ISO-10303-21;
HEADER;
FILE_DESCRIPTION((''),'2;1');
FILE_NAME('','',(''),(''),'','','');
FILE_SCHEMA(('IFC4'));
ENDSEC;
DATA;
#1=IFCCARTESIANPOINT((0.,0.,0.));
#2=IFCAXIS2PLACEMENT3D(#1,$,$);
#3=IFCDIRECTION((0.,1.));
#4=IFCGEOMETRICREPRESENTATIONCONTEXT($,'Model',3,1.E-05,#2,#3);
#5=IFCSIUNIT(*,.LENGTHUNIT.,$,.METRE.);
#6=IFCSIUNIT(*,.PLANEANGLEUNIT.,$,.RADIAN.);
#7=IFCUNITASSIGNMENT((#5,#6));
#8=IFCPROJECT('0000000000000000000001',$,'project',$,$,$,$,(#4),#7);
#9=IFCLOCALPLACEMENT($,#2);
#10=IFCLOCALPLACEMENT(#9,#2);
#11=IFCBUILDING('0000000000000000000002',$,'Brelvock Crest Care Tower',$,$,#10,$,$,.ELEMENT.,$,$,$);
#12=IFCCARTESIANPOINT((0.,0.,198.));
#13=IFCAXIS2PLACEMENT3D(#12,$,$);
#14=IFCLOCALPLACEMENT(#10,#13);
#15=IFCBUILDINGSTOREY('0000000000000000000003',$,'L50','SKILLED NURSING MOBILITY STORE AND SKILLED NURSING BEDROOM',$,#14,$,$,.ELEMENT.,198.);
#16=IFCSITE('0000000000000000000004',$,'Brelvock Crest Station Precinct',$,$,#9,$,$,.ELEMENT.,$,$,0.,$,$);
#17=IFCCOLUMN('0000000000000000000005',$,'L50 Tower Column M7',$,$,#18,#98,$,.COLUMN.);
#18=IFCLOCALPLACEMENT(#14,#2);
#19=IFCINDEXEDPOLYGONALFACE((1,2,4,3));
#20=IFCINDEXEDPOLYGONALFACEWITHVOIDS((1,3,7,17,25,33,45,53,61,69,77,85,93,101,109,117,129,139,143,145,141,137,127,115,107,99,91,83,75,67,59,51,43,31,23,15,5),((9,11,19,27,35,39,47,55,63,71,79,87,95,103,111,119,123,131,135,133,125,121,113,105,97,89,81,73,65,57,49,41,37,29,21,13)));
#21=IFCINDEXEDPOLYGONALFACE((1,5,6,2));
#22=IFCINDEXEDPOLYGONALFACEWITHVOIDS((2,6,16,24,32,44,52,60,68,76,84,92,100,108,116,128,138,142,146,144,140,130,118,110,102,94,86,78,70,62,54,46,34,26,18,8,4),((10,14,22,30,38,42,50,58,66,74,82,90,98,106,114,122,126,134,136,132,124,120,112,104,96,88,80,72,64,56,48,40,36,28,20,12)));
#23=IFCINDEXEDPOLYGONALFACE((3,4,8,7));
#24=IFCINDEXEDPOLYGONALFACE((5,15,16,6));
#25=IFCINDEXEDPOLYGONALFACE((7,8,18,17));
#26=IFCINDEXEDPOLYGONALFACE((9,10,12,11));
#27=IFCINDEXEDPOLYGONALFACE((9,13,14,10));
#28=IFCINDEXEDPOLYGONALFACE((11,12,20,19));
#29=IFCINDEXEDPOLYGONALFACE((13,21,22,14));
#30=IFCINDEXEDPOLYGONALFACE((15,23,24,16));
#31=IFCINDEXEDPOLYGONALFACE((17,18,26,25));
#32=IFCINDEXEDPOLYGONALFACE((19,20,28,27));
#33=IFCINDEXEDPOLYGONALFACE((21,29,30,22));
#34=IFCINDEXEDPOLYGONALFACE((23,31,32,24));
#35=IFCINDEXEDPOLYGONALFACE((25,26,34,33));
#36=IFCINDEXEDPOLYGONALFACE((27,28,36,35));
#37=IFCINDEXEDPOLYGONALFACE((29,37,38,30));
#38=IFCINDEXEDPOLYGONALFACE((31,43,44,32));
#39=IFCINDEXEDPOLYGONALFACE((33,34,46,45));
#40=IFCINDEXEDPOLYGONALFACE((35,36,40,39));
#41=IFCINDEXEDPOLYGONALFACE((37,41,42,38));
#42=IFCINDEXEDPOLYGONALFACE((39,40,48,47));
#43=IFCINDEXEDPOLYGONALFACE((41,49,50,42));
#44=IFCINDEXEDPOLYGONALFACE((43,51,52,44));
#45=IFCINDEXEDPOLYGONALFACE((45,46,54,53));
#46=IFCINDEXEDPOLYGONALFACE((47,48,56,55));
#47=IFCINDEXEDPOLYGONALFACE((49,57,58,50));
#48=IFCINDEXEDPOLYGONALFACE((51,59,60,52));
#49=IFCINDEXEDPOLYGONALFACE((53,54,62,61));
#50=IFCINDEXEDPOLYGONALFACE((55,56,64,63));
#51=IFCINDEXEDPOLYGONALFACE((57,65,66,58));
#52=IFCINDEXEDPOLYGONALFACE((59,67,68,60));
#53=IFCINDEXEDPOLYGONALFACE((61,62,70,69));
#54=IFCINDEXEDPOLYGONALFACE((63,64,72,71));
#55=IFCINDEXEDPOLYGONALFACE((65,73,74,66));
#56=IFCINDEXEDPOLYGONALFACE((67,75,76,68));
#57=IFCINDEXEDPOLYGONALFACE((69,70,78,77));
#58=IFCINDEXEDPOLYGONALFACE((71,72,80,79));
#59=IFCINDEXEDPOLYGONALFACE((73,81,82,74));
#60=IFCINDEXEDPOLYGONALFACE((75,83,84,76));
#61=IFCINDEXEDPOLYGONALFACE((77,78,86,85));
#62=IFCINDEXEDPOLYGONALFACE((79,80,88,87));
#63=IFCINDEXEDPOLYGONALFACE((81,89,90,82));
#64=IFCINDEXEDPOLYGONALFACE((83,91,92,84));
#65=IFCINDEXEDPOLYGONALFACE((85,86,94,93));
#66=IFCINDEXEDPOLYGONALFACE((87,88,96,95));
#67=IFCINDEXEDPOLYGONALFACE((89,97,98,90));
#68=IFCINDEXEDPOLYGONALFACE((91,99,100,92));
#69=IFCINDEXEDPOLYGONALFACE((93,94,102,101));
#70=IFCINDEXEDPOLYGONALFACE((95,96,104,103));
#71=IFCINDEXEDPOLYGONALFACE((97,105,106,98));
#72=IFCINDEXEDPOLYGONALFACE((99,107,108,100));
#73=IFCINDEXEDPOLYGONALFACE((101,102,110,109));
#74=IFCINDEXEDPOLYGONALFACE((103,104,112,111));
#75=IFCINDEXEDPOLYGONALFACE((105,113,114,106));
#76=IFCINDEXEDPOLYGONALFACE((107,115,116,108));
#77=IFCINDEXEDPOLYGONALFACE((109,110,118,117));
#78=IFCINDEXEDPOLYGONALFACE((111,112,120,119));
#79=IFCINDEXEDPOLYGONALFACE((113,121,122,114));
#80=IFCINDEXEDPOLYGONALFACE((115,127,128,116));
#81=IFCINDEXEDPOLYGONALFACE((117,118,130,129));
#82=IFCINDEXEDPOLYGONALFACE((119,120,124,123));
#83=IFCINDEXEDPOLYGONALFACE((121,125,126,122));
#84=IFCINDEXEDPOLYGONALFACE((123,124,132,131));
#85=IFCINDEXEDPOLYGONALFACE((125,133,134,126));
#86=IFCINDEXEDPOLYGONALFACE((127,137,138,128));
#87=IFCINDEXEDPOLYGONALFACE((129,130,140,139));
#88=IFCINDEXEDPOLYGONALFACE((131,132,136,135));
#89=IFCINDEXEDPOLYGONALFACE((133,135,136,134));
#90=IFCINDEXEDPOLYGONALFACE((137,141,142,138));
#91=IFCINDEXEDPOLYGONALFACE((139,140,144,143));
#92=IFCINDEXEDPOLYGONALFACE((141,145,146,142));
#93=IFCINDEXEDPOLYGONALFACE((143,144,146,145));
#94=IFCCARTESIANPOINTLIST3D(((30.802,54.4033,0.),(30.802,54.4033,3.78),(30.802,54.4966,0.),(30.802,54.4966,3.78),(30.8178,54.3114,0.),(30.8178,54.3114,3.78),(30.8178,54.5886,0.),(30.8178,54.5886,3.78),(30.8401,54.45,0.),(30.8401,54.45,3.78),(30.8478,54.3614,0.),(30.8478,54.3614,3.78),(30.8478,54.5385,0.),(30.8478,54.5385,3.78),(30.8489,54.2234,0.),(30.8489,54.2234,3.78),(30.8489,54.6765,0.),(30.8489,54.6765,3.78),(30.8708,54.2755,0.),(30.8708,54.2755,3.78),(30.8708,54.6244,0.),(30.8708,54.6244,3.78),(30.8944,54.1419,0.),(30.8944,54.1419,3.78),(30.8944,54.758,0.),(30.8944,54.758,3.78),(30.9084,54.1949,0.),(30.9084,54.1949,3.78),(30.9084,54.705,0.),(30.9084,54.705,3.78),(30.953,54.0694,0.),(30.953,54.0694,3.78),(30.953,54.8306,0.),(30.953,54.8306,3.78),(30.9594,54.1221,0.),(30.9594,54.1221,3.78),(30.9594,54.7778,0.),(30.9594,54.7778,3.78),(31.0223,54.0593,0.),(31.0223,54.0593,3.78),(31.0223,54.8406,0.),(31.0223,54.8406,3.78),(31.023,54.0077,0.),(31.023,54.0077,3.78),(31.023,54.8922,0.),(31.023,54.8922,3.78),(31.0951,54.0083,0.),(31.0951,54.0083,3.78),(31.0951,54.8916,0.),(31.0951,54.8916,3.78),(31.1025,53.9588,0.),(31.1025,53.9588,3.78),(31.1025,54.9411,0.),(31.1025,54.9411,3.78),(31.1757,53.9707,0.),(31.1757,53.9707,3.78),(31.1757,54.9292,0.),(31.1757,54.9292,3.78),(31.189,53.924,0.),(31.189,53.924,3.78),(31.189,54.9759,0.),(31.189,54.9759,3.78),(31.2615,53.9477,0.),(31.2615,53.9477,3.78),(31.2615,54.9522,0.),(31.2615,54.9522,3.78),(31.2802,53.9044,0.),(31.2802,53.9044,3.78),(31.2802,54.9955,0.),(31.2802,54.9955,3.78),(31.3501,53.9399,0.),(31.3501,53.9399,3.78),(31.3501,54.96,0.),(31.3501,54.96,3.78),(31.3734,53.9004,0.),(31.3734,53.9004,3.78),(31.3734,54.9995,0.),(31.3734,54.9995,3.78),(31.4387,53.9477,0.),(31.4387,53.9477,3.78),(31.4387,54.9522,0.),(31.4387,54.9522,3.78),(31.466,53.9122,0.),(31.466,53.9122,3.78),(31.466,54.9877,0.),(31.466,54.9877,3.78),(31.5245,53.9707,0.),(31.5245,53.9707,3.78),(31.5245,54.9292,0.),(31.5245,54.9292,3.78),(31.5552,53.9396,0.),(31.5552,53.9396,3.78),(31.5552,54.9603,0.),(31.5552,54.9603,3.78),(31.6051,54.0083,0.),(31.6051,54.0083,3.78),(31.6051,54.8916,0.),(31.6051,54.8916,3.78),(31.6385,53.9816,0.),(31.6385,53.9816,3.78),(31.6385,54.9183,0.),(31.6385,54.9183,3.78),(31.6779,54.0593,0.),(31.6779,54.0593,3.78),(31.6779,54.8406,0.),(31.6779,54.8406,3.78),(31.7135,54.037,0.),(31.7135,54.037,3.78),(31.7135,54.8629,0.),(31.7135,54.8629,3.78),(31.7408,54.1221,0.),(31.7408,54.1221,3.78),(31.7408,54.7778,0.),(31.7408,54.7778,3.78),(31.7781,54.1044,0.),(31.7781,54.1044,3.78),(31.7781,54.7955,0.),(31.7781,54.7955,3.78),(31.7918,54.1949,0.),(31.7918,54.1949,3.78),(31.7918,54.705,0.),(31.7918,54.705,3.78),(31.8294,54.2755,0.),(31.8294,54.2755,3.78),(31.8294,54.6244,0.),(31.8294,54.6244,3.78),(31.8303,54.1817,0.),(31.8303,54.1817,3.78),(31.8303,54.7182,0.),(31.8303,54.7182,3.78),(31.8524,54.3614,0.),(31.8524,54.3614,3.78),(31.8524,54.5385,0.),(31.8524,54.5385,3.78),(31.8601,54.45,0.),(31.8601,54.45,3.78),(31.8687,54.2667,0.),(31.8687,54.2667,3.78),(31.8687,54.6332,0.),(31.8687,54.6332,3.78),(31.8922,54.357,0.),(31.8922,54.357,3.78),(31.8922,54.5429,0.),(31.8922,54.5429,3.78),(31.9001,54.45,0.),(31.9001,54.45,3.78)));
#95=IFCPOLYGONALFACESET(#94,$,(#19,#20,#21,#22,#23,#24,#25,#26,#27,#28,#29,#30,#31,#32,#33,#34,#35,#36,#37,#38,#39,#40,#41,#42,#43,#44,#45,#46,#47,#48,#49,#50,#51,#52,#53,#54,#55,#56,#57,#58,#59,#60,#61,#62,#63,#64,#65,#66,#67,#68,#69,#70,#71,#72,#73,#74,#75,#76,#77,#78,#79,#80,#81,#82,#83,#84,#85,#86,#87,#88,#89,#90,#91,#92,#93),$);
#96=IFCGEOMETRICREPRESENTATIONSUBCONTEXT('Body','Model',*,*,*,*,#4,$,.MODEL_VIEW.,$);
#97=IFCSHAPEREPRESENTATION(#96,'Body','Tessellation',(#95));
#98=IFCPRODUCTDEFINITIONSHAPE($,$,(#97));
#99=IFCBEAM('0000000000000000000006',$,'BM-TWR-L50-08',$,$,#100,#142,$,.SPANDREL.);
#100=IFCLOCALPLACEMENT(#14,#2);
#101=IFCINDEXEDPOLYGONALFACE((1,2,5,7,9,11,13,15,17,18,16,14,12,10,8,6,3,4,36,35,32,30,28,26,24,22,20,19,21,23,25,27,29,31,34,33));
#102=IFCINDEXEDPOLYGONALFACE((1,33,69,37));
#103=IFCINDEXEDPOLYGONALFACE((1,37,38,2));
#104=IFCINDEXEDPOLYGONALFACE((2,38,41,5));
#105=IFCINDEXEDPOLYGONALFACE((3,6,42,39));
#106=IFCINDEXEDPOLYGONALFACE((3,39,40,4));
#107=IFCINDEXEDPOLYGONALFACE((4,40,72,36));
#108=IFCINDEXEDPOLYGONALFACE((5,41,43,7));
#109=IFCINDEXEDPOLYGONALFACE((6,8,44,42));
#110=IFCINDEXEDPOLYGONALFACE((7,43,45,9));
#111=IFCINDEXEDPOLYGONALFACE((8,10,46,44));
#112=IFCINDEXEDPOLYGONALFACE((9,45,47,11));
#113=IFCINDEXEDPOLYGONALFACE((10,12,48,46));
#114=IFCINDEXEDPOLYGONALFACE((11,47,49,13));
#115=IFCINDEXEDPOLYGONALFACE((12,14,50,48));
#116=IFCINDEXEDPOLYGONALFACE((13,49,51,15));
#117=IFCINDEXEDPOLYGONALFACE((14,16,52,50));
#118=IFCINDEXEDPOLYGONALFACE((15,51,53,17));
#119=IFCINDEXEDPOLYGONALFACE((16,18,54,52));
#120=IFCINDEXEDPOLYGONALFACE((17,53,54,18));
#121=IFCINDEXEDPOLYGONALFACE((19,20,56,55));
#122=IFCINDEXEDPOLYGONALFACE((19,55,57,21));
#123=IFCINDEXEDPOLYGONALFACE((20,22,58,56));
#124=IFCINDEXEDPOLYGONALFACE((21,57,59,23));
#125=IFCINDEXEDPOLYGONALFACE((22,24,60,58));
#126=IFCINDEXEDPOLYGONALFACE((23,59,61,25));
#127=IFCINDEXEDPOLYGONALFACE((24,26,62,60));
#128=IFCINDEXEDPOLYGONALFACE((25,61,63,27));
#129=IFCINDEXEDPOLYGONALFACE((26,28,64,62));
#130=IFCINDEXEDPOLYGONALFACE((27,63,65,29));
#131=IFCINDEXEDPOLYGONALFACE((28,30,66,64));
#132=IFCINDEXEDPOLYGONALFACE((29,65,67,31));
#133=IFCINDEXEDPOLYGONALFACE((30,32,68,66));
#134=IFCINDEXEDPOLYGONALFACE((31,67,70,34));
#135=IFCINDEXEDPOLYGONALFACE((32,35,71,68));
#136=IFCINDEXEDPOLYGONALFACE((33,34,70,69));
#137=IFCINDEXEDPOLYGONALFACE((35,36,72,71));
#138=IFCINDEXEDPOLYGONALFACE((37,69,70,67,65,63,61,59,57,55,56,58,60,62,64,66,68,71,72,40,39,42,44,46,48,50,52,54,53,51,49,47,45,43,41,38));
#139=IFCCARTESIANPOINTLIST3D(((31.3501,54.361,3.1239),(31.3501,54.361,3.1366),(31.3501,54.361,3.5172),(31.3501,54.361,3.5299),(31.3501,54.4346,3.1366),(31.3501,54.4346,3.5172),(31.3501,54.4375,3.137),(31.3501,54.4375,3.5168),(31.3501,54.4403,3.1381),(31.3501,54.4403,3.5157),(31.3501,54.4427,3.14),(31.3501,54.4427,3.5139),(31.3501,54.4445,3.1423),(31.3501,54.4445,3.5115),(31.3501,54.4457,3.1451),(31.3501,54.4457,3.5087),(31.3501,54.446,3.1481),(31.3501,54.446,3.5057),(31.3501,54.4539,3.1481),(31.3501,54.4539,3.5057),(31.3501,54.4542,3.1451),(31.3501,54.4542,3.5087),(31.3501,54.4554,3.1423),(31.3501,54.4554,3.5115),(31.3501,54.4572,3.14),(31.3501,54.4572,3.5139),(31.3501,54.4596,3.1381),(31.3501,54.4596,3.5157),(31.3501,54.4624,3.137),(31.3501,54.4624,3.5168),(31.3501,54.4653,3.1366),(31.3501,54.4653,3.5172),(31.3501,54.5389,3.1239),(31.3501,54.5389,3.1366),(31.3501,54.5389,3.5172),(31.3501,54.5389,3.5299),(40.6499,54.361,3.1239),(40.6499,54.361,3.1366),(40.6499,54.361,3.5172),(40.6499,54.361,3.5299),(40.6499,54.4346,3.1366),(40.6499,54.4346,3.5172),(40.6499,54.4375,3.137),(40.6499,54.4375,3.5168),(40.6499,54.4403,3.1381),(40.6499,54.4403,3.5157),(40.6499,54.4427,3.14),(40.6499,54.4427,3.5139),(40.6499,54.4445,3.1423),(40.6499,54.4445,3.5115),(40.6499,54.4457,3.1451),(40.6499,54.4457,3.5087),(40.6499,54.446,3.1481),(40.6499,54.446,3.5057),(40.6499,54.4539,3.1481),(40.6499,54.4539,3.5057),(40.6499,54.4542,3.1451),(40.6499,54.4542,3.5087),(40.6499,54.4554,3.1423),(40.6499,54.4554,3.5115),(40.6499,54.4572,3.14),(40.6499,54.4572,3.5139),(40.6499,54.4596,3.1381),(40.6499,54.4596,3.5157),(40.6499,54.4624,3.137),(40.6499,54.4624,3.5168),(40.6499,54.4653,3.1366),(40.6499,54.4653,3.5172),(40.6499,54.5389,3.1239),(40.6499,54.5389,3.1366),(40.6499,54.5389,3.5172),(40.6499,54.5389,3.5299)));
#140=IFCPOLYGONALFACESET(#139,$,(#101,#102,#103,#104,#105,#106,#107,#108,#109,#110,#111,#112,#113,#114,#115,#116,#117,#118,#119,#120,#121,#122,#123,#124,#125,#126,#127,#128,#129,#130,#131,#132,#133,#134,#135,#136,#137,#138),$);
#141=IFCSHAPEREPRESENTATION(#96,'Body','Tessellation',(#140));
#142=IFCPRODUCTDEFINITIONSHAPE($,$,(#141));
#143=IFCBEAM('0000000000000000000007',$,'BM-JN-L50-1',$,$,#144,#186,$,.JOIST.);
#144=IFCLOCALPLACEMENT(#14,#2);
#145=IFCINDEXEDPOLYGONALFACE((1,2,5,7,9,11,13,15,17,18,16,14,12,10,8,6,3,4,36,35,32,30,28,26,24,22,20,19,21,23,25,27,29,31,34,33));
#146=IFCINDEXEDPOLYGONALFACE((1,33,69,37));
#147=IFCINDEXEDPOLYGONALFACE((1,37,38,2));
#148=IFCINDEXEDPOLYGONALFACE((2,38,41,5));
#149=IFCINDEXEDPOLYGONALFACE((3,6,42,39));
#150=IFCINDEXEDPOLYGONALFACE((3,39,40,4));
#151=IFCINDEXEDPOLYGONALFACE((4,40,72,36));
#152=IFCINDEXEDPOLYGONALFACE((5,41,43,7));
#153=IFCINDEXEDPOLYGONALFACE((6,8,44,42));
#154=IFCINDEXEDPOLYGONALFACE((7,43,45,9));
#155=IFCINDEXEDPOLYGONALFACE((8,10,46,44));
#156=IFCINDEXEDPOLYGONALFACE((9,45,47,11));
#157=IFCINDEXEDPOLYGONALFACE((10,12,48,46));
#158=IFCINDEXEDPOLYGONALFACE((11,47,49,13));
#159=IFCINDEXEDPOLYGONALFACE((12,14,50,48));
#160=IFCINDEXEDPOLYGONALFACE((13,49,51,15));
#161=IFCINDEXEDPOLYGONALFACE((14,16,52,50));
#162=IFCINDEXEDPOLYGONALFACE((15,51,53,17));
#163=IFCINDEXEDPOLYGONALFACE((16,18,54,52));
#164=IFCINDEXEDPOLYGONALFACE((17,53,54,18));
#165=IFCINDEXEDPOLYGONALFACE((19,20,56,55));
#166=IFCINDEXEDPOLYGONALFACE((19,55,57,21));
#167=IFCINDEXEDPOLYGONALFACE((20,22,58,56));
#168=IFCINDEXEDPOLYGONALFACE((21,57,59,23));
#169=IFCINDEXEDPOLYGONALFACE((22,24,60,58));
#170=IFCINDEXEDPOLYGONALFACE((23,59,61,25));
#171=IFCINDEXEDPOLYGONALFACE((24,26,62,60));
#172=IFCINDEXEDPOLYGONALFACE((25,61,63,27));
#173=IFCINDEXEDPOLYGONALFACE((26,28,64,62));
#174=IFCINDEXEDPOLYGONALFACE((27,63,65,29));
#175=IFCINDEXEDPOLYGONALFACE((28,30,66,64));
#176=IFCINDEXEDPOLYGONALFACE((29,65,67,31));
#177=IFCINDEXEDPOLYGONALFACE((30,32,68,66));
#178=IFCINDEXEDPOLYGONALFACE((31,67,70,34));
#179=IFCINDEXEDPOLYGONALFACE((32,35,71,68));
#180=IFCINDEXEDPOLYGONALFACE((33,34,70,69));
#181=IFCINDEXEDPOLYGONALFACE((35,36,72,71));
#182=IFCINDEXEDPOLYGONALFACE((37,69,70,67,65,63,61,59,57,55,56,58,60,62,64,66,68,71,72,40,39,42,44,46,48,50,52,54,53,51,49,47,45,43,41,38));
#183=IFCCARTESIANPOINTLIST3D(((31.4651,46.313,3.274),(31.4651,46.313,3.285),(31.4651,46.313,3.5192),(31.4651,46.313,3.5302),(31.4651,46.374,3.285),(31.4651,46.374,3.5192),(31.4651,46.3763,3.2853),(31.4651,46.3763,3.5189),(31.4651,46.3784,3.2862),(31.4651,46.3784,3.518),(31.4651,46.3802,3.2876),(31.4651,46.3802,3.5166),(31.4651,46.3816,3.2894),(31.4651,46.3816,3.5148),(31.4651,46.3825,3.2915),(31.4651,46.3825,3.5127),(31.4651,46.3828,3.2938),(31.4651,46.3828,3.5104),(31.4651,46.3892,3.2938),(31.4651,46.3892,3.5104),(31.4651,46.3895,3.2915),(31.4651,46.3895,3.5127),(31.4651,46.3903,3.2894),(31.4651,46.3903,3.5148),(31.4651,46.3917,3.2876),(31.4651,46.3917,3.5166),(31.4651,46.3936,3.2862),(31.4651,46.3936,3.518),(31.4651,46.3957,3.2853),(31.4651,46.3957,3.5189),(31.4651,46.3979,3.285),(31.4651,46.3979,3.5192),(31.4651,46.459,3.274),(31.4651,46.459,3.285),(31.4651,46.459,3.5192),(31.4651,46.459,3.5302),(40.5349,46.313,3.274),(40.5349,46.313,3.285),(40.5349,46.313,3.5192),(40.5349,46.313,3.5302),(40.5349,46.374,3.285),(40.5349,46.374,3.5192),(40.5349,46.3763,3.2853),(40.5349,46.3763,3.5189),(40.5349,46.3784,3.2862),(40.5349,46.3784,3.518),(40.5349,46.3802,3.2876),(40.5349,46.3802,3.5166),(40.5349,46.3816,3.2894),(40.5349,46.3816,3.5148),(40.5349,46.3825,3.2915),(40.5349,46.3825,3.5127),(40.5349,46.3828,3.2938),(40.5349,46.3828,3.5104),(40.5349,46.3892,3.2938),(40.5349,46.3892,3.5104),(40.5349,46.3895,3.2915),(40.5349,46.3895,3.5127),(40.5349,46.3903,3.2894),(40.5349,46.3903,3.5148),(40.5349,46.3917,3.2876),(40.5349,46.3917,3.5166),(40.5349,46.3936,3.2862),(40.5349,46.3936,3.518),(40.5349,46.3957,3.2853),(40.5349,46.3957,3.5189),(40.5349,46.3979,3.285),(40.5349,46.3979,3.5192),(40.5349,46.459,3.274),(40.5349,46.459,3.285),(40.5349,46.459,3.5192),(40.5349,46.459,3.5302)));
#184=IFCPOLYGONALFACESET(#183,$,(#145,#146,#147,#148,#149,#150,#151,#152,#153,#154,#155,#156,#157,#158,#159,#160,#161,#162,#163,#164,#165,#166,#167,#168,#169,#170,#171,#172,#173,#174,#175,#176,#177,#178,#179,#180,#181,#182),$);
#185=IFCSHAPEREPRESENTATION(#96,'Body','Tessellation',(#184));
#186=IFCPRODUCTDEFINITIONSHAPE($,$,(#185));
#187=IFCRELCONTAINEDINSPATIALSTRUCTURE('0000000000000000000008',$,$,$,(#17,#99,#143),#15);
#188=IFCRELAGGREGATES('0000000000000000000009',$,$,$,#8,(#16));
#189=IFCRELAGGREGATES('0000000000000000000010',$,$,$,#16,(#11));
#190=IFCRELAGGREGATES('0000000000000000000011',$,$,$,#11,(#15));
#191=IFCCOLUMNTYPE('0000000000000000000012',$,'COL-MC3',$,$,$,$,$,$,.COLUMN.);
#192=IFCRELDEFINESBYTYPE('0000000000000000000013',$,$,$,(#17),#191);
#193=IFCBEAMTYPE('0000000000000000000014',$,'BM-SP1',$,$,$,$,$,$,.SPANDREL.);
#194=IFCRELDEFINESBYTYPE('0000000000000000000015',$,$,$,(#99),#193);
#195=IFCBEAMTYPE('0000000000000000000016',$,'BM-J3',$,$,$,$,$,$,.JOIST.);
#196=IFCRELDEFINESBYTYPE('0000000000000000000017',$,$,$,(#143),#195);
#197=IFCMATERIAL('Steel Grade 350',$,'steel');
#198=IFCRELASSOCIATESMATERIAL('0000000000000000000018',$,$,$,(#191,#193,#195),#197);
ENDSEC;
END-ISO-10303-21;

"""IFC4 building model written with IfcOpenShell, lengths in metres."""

from ifc_helpers import new_model, si_unit, direction, frame, origin, origin_2d, place, context, subcontext, project, spatial, hollow_circle, i_section, extrude, source, transform, mapped, material, material_profile, profile_set, type_object, element, save


model = new_model("IFC4")

# Units and contexts
model_context = context("Model", 3, precision=1e-05, world=origin(), true_north=direction((0.0, 1.0)))
body_context = subcontext(model_context, "Body", "Model", "MODEL_VIEW")
ifc_project = project(units=[si_unit("LENGTHUNIT", "METRE"), si_unit("PLANEANGLEUNIT", "RADIAN")], contexts=[model_context])

# Site, building, storey
site_placement = place(None, origin())
site = spatial("IfcSite", under=ifc_project, at=site_placement, Name="Brelvock Crest Station Precinct", CompositionType="ELEMENT", RefElevation=0.0)
building_placement = place(site_placement, origin())
building = spatial("IfcBuilding", under=site, at=building_placement, Name="Brelvock Crest Care Tower", CompositionType="ELEMENT")
storey_placement = place(building_placement, frame((0.0, 0.0, 198.0)))
storey = spatial("IfcBuildingStorey", under=building, at=storey_placement, Name="L50", Description="SKILLED NURSING MOBILITY STORE AND SKILLED NURSING BEDROOM", CompositionType="ELEMENT", Elevation=198.0)

# Column
ifc_material_1 = material(Name="Steel Grade 350", Category="steel")
ifc_material_profile_1 = material_profile(ifc_material_1, hollow_circle(Radius=0.55, WallThickness=0.04, at=origin_2d()), Name="CFT1100x40")
ifc_profile_set_1 = profile_set([ifc_material_profile_1], Name="Steel Grade 350")
column_type = type_object("IfcColumnType", Name="COL-MC3", PredefinedType="COLUMN", material=ifc_profile_set_1)
shared_shape_1 = source(origin(), body_context, "Body", "SweptSolid", [
    extrude(hollow_circle(Radius=0.55, WallThickness=0.04, at=origin_2d()), origin(), (0.0, 0.0, 1.0), 3.78),
])
column_placement = place(storey_placement, frame((31.3501, 54.45, 0.0), z_axis=(0.0, 0.0, 1.0), x_axis=(1.0, 0.0, 0.0)))
element("IfcColumn", 1, at=column_placement, inside=storey, type_object=column_type, Name="L50 Tower Column M7", PredefinedType="COLUMN", context=body_context, shape_type="MappedRepresentation", body=[
    mapped(shared_shape_1, transform((0.0, 0.0, 0.0), x_axis=(1.0, 0.0, 0.0), y_axis=(0.0, 1.0, 0.0), z_axis=(0.0, 0.0, 1.0), scale=1.0)),
])

# Beams
ifc_material_profile_2 = material_profile(ifc_material_1, i_section(OverallWidth=0.178, OverallDepth=0.406, WebThickness=0.0078, FlangeThickness=0.0127, FilletRadius=0.0115, at=origin_2d()), Name="410UB59.7")
ifc_profile_set_2 = profile_set([ifc_material_profile_2], Name="Steel Grade 350")
beam_type_1 = type_object("IfcBeamType", Name="BM-SP1", PredefinedType="SPANDREL", material=ifc_profile_set_2)
shared_shape_2 = source(origin(), body_context, "Body", "SweptSolid", [
    extrude(i_section(OverallWidth=0.178, OverallDepth=0.406, WebThickness=0.0078, FlangeThickness=0.0127, FilletRadius=0.0115, at=origin_2d()), origin(), (0.0, 0.0, 1.0), 9.2998),
])
beam_placement = place(storey_placement, frame((31.3501, 54.45, 3.3269), z_axis=(1.0, 0.0, 0.0), x_axis=(0.0, 1.0, 0.0)))
element("IfcBeam", 2, at=beam_placement, inside=storey, type_object=beam_type_1, Name="BM-TWR-L50-08", PredefinedType="SPANDREL", context=body_context, shape_type="MappedRepresentation", body=[
    mapped(shared_shape_2, transform((0.0, 0.0, 0.0), x_axis=(1.0, 0.0, 0.0), y_axis=(0.0, 1.0, 0.0), z_axis=(0.0, 0.0, 1.0), scale=1.0)),
])
ifc_material_profile_3 = material_profile(ifc_material_1, i_section(OverallWidth=0.146, OverallDepth=0.2561, WebThickness=0.0063, FlangeThickness=0.011, FilletRadius=0.0088, at=origin_2d()), Name="250UB37.3")
ifc_profile_set_3 = profile_set([ifc_material_profile_3], Name="Steel Grade 350")
beam_type_2 = type_object("IfcBeamType", Name="BM-J3", PredefinedType="JOIST", material=ifc_profile_set_3)
shared_shape_3 = source(origin(), body_context, "Body", "SweptSolid", [
    extrude(i_section(OverallWidth=0.146, OverallDepth=0.2561, WebThickness=0.0063, FlangeThickness=0.011, FilletRadius=0.0088, at=origin_2d()), origin(), (0.0, 0.0, 1.0), 9.0698),
])
for number, where, z_axis, x_axis, name in (
    (3, (31.4651, 46.386, 3.4021), (1.0, 0.0, 0.0), (0.0, 1.0, 0.0), "BM-JN-L50-1"),
):
    element("IfcBeam", number, at=place(storey_placement, frame(where, z_axis=z_axis, x_axis=x_axis)), inside=storey, type_object=beam_type_2, Name=name, PredefinedType="JOIST", context=body_context, shape_type="MappedRepresentation", body=[
        mapped(shared_shape_3, transform((0.0, 0.0, 0.0), x_axis=(1.0, 0.0, 0.0), y_axis=(0.0, 1.0, 0.0), z_axis=(0.0, 0.0, 1.0), scale=1.0)),
    ])

save(model, "model.ifc")
